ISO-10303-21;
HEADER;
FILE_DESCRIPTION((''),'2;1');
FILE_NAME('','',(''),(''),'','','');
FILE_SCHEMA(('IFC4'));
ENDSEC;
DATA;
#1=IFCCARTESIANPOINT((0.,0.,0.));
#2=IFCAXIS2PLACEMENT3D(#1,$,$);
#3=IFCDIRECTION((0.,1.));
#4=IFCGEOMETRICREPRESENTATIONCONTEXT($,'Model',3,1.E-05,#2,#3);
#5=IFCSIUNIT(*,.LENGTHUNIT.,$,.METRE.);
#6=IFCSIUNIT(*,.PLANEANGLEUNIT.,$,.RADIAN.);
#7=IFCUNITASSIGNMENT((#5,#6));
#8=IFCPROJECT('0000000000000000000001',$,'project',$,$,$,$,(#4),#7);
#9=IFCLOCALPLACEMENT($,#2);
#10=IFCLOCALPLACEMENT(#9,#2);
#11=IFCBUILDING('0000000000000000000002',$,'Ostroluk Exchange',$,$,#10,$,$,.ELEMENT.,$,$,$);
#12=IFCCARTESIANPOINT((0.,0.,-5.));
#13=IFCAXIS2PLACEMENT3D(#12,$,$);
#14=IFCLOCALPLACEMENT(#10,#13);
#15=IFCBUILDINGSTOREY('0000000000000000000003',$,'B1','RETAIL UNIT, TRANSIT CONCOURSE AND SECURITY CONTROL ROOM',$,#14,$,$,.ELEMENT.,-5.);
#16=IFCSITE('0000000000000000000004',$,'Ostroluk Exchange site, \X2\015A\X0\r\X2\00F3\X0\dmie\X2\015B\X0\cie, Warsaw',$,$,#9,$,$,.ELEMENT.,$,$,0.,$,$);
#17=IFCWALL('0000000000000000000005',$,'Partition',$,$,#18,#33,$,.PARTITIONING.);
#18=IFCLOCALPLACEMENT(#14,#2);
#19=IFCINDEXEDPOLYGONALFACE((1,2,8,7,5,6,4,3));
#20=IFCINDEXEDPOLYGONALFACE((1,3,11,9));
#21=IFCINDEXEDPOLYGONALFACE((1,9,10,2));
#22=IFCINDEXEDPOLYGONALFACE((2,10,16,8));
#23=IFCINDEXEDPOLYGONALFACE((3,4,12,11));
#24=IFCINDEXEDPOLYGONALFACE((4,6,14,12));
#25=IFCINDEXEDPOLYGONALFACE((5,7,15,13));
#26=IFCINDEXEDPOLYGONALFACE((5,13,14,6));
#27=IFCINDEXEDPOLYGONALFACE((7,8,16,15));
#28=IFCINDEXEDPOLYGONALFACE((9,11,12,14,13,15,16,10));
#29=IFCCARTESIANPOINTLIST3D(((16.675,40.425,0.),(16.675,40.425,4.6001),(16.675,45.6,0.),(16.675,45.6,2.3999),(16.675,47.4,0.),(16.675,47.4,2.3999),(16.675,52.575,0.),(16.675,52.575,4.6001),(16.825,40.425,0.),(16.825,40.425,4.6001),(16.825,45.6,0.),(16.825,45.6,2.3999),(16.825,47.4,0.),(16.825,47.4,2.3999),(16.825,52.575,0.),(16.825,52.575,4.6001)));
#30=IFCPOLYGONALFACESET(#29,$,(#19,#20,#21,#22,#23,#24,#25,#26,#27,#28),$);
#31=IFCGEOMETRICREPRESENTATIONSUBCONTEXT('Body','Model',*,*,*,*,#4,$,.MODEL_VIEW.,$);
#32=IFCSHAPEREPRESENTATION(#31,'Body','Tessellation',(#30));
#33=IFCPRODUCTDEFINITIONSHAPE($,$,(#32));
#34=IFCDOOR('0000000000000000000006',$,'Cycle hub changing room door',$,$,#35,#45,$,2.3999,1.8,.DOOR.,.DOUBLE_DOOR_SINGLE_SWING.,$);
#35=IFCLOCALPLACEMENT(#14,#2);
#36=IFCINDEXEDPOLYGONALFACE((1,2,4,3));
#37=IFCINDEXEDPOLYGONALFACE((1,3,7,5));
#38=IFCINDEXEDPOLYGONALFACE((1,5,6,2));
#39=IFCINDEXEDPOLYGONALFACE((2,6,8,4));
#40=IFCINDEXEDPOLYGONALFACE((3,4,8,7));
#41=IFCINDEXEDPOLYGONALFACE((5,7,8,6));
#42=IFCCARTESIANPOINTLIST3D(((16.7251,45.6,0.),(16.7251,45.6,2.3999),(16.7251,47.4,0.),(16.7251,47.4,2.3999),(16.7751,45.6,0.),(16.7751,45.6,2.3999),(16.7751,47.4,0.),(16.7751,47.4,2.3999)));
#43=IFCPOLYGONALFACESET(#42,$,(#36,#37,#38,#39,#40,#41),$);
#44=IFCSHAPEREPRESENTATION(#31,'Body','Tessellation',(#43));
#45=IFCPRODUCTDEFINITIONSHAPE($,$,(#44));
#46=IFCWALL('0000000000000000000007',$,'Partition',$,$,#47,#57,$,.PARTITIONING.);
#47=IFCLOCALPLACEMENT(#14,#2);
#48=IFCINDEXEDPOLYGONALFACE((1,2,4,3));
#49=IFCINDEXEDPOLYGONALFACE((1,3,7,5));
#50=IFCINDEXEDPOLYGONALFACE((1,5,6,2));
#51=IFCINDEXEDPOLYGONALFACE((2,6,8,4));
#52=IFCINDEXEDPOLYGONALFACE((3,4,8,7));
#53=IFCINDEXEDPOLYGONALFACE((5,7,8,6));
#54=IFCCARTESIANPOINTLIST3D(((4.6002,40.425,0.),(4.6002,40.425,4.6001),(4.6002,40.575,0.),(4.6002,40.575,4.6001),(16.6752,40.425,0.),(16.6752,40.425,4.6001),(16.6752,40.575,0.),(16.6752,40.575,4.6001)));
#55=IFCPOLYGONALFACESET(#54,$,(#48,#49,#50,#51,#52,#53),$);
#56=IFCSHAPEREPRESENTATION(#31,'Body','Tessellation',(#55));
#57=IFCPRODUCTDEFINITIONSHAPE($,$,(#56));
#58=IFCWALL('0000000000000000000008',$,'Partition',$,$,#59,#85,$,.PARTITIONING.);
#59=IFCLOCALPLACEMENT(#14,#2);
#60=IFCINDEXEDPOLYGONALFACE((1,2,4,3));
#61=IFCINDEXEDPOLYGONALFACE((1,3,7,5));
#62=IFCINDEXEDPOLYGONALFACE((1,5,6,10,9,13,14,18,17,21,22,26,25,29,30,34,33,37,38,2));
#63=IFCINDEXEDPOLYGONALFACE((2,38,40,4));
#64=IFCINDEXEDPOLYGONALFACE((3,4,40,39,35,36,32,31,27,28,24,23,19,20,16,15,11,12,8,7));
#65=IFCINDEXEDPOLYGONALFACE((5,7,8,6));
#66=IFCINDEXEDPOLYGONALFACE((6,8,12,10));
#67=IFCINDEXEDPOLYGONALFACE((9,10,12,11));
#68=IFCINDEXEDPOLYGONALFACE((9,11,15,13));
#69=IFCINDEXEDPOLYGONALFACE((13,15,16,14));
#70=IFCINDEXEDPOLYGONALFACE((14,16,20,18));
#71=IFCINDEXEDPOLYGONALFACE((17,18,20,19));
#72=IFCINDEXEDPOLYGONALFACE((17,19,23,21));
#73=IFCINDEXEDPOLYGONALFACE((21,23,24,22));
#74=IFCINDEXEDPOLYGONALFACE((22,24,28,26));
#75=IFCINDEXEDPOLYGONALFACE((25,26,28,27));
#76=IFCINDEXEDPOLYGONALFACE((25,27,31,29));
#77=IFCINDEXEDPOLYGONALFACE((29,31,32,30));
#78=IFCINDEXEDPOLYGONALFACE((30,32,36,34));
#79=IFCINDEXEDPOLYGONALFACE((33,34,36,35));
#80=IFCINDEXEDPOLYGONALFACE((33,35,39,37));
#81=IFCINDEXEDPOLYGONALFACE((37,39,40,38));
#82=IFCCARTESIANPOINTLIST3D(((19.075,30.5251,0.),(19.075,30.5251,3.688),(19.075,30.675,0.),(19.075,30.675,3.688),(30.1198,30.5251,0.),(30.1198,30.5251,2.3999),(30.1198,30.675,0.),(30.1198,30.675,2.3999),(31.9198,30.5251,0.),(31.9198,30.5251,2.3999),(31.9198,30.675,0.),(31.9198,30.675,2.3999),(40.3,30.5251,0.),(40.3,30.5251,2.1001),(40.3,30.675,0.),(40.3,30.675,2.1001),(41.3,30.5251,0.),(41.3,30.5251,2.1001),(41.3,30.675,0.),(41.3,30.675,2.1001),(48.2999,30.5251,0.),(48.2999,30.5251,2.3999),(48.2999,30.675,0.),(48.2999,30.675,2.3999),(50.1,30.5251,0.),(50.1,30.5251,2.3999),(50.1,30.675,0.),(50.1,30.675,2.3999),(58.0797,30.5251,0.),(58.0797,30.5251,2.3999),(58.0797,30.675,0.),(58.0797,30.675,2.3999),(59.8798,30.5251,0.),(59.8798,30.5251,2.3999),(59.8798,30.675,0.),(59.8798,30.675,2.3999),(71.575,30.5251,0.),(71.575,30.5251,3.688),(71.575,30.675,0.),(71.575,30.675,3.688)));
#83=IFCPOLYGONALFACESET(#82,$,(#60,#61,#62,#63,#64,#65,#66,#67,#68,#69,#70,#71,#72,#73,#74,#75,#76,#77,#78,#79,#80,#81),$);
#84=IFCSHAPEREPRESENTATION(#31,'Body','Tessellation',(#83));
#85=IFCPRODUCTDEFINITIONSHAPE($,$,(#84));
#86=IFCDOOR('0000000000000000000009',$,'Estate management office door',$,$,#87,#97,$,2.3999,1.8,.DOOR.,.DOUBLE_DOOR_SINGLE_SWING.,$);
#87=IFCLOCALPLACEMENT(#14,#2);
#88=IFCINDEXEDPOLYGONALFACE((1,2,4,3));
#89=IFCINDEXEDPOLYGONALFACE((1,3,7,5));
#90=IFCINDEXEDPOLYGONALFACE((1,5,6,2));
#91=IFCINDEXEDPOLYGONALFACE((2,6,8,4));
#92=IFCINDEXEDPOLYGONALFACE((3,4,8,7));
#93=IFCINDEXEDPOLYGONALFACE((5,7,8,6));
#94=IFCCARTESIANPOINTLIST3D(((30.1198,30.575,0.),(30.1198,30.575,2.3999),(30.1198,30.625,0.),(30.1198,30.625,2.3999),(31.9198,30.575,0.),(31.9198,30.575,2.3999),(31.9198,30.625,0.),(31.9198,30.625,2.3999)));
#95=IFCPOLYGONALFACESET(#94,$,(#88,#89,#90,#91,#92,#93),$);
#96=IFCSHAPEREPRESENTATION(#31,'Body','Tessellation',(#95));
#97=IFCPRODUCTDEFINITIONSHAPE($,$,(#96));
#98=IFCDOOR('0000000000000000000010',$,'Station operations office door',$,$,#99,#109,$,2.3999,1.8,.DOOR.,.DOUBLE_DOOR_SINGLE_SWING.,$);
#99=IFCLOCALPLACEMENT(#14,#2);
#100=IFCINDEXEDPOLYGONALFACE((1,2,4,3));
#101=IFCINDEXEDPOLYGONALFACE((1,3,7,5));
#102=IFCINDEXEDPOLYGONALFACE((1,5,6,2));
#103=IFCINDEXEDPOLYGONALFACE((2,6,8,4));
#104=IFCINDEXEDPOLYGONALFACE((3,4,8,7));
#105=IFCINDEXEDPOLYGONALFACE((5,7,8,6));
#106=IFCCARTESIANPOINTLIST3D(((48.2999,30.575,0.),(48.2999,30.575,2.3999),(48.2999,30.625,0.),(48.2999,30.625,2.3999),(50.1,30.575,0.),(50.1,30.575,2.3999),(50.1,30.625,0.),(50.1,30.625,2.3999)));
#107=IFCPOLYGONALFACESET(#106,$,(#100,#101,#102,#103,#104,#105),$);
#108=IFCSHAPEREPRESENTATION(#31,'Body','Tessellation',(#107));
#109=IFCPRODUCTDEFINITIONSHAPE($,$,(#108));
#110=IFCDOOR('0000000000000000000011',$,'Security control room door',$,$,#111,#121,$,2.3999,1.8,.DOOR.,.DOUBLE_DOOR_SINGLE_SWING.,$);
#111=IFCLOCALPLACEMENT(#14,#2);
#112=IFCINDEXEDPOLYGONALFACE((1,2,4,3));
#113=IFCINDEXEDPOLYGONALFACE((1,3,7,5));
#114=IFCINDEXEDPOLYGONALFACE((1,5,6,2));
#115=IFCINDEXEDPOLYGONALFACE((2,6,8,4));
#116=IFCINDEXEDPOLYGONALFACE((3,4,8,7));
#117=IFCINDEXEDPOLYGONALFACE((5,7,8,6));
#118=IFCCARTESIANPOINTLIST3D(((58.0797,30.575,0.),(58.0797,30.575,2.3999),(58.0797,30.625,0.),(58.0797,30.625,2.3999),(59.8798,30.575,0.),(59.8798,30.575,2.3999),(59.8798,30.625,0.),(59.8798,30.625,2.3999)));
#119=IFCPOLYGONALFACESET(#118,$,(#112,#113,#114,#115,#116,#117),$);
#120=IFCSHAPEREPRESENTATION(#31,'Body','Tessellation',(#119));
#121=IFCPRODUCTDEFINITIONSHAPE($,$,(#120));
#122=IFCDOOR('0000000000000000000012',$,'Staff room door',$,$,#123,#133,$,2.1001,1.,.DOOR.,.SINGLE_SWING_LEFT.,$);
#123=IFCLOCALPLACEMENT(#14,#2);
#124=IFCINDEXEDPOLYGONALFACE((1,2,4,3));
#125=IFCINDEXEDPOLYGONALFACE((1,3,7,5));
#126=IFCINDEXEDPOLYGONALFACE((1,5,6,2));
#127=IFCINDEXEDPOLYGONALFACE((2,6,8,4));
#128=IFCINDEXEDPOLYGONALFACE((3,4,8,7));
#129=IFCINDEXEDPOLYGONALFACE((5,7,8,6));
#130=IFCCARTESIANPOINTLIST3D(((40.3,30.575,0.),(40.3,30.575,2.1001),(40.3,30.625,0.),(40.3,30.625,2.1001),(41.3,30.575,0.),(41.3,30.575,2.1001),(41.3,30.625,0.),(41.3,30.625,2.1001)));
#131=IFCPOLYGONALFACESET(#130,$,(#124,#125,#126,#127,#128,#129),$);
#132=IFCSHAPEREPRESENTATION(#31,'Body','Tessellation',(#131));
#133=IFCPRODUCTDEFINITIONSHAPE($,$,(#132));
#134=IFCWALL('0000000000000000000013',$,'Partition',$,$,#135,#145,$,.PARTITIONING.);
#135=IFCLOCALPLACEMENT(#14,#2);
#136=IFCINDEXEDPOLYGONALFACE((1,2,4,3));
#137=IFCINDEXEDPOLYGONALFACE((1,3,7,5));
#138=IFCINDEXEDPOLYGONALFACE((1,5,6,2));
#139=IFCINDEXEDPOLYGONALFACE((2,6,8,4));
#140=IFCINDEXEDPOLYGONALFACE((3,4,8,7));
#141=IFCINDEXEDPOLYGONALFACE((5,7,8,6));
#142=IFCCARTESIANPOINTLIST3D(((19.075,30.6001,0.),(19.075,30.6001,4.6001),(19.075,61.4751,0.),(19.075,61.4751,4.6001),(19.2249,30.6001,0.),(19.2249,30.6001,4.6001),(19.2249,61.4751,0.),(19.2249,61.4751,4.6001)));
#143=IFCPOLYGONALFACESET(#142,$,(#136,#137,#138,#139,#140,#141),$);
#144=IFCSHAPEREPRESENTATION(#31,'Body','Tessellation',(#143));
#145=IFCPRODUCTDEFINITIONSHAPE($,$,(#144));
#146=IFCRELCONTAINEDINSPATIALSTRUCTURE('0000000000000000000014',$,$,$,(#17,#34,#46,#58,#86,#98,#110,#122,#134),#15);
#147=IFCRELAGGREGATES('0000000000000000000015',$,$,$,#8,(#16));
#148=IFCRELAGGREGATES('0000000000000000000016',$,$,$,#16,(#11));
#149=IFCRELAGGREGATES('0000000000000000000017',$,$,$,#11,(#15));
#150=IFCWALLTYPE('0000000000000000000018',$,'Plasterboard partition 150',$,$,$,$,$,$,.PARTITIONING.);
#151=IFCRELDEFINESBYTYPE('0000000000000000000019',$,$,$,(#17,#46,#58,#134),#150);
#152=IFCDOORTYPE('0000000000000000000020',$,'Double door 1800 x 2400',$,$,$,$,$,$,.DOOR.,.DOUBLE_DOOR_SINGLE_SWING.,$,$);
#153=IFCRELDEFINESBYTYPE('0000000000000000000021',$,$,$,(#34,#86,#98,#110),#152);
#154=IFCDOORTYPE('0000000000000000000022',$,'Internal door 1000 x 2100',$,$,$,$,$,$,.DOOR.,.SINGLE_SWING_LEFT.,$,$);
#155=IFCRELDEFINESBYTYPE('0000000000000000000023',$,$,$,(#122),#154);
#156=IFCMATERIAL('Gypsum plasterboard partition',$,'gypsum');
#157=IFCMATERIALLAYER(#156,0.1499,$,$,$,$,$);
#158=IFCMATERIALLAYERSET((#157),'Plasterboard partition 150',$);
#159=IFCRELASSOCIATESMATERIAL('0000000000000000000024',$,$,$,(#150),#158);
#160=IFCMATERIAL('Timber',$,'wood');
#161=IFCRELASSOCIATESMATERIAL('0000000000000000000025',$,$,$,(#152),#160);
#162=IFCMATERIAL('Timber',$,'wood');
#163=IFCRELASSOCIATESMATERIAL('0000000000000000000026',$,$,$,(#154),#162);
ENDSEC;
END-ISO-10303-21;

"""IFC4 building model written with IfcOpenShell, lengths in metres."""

from ifc_helpers import new_model, si_unit, direction, frame, frame_2d, origin, place, context, subcontext, project, spatial, rectangle, extrude, material, layer, layer_set, type_object, element, fill, save


model = new_model("IFC4")

# Units and contexts
model_context = context("Model", 3, precision=1e-05, world=origin(), true_north=direction((0.0, 1.0)))
body_context = subcontext(model_context, "Body", "Model", "MODEL_VIEW")
ifc_project = project(units=[si_unit("LENGTHUNIT", "METRE"), si_unit("PLANEANGLEUNIT", "RADIAN")], contexts=[model_context])

# Site, building, storey
site_placement = place(None, origin())
site = spatial("IfcSite", under=ifc_project, at=site_placement, Name="Ostroluk Exchange site, Śródmieście, Warsaw", CompositionType="ELEMENT", RefElevation=0.0)
building_placement = place(site_placement, origin())
building = spatial("IfcBuilding", under=site, at=building_placement, Name="Ostroluk Exchange", CompositionType="ELEMENT")
storey_placement = place(building_placement, frame((0.0, 0.0, -5.0)))
storey = spatial("IfcBuildingStorey", under=building, at=storey_placement, Name="B1", Description="RETAIL UNIT, TRANSIT CONCOURSE AND SECURITY CONTROL ROOM", CompositionType="ELEMENT", Elevation=-5.0)

# Shared definitions
ifc_material_1 = material(Name="Gypsum plasterboard partition", Category="gypsum")
ifc_layer_1 = layer(ifc_material_1, 0.1499)
ifc_layer_set_1 = layer_set([ifc_layer_1], Name="Plasterboard partition 150")
wall_type_1 = type_object("IfcWallType", Name="Plasterboard partition 150", PredefinedType="PARTITIONING", material=ifc_layer_set_1)

# Wall, opening, door
wall_1_placement = place(storey_placement, frame((16.75, 40.425, 0.0), z_axis=(0.0, 0.0, 1.0), x_axis=(0.0, 1.0, 0.0)))
wall_1 = element("IfcWall", 1, at=wall_1_placement, inside=storey, type_object=wall_type_1, Name="Partition", PredefinedType="PARTITIONING", context=body_context, shape_type="SweptSolid", body=[
    extrude(rectangle(XDim=12.1499, YDim=0.1499, at=frame_2d((6.075, 0.0))), origin(), (0.0, 0.0, 1.0), 4.6001),
])
opening_1_placement = place(wall_1_placement, frame((5.175, 0.0, 0.0)))
opening_1 = element("IfcOpeningElement", 2, at=opening_1_placement, cuts=wall_1, PredefinedType="OPENING", context=body_context, shape_type="SweptSolid", body=[
    extrude(rectangle(XDim=1.8, YDim=2.3999, at=frame_2d((0.8999, 1.2))), frame((0.0, 0.085, 0.0), z_axis=(0.0, -1.0, 0.0), x_axis=(1.0, 0.0, 0.0)), (0.0, 0.0, 1.0), 0.1699),
])
ifc_material_2 = material(Name="Timber", Category="wood")
door_type_1 = type_object("IfcDoorType", Name="Double door 1800 x 2400", OperationType="DOUBLE_DOOR_SINGLE_SWING", PredefinedType="DOOR", material=ifc_material_2)
door_1_placement = place(opening_1_placement, origin())
door_1 = element("IfcDoor", 3, at=door_1_placement, inside=storey, type_object=door_type_1, Name="Cycle hub changing room door", OperationType="DOUBLE_DOOR_SINGLE_SWING", OverallHeight=2.3999, OverallWidth=1.8, PredefinedType="DOOR", context=body_context, shape_type="SweptSolid", body=[
    extrude(rectangle(XDim=1.8, YDim=2.3999, at=frame_2d((0.8999, 1.2))), frame((0.0, 0.0249, 0.0), z_axis=(0.0, -1.0, 0.0), x_axis=(1.0, 0.0, 0.0)), (0.0, 0.0, 1.0), 0.05),
])
fill(opening_1, door_1)

# Wall
wall_2_placement = place(storey_placement, frame((4.6001, 40.5, 0.0), z_axis=(0.0, 0.0, 1.0), x_axis=(1.0, 0.0, 0.0)))
element("IfcWall", 4, at=wall_2_placement, inside=storey, type_object=wall_type_1, Name="Partition", PredefinedType="PARTITIONING", context=body_context, shape_type="SweptSolid", body=[
    extrude(rectangle(XDim=12.075, YDim=0.1499, at=frame_2d((6.0376, 0.0))), origin(), (0.0, 0.0, 1.0), 4.6001),
])

# Wall, openings, doors
wall_3_placement = place(storey_placement, frame((19.075, 30.6001, 0.0), z_axis=(0.0, 0.0, 1.0), x_axis=(1.0, 0.0, 0.0)))
wall_3 = element("IfcWall", 5, at=wall_3_placement, inside=storey, type_object=wall_type_1, Name="Partition", PredefinedType="PARTITIONING", context=body_context, shape_type="SweptSolid", body=[
    extrude(rectangle(XDim=52.5, YDim=0.1499, at=frame_2d((26.25, 0.0))), origin(), (0.0, 0.0, 1.0), 3.688),
])
opening_2_placement = place(wall_3_placement, frame((11.0449, 0.0, 0.0)))
opening_2 = element("IfcOpeningElement", 6, at=opening_2_placement, cuts=wall_3, PredefinedType="OPENING", context=body_context, shape_type="SweptSolid", body=[
    extrude(rectangle(XDim=1.8, YDim=2.3999, at=frame_2d((0.8999, 1.2))), frame((0.0, 0.085, 0.0), z_axis=(0.0, -1.0, 0.0), x_axis=(1.0, 0.0, 0.0)), (0.0, 0.0, 1.0), 0.1699),
])
opening_3_placement = place(wall_3_placement, frame((21.2251, 0.0, 0.0)))
opening_3 = element("IfcOpeningElement", 7, at=opening_3_placement, cuts=wall_3, PredefinedType="OPENING", context=body_context, shape_type="SweptSolid", body=[
    extrude(rectangle(XDim=1.0, YDim=2.1001, at=frame_2d((0.5, 1.05))), frame((0.0, 0.085, 0.0), z_axis=(0.0, -1.0, 0.0), x_axis=(1.0, 0.0, 0.0)), (0.0, 0.0, 1.0), 0.1699),
])
opening_4_placement = place(wall_3_placement, frame((29.2251, 0.0, 0.0)))
opening_4 = element("IfcOpeningElement", 8, at=opening_4_placement, cuts=wall_3, PredefinedType="OPENING", context=body_context, shape_type="SweptSolid", body=[
    extrude(rectangle(XDim=1.8, YDim=2.3999, at=frame_2d((0.8999, 1.2))), frame((0.0, 0.085, 0.0), z_axis=(0.0, -1.0, 0.0), x_axis=(1.0, 0.0, 0.0)), (0.0, 0.0, 1.0), 0.1699),
])
opening_5_placement = place(wall_3_placement, frame((39.0049, 0.0, 0.0)))
opening_5 = element("IfcOpeningElement", 9, at=opening_5_placement, cuts=wall_3, PredefinedType="OPENING", context=body_context, shape_type="SweptSolid", body=[
    extrude(rectangle(XDim=1.8, YDim=2.3999, at=frame_2d((0.8999, 1.2))), frame((0.0, 0.085, 0.0), z_axis=(0.0, -1.0, 0.0), x_axis=(1.0, 0.0, 0.0)), (0.0, 0.0, 1.0), 0.1699),
])
door_2_placement = place(opening_2_placement, origin())
door_2 = element("IfcDoor", 10, at=door_2_placement, inside=storey, type_object=door_type_1, Name="Estate management office door", OperationType="DOUBLE_DOOR_SINGLE_SWING", OverallHeight=2.3999, OverallWidth=1.8, PredefinedType="DOOR", context=body_context, shape_type="SweptSolid", body=[
    extrude(rectangle(XDim=1.8, YDim=2.3999, at=frame_2d((0.8999, 1.2))), frame((0.0, 0.0249, 0.0), z_axis=(0.0, -1.0, 0.0), x_axis=(1.0, 0.0, 0.0)), (0.0, 0.0, 1.0), 0.05),
])
fill(opening_2, door_2)
door_3_placement = place(opening_4_placement, origin())
door_3 = element("IfcDoor", 11, at=door_3_placement, inside=storey, type_object=door_type_1, Name="Station operations office door", OperationType="DOUBLE_DOOR_SINGLE_SWING", OverallHeight=2.3999, OverallWidth=1.8, PredefinedType="DOOR", context=body_context, shape_type="SweptSolid", body=[
    extrude(rectangle(XDim=1.8, YDim=2.3999, at=frame_2d((0.8999, 1.2))), frame((0.0, 0.0249, 0.0), z_axis=(0.0, -1.0, 0.0), x_axis=(1.0, 0.0, 0.0)), (0.0, 0.0, 1.0), 0.05),
])
fill(opening_4, door_3)
door_4_placement = place(opening_5_placement, origin())
door_4 = element("IfcDoor", 12, at=door_4_placement, inside=storey, type_object=door_type_1, Name="Security control room door", OperationType="DOUBLE_DOOR_SINGLE_SWING", OverallHeight=2.3999, OverallWidth=1.8, PredefinedType="DOOR", context=body_context, shape_type="SweptSolid", body=[
    extrude(rectangle(XDim=1.8, YDim=2.3999, at=frame_2d((0.8999, 1.2))), frame((0.0, 0.0249, 0.0), z_axis=(0.0, -1.0, 0.0), x_axis=(1.0, 0.0, 0.0)), (0.0, 0.0, 1.0), 0.05),
])
fill(opening_5, door_4)
ifc_material_3 = material(Name="Timber", Category="wood")
door_type_2 = type_object("IfcDoorType", Name="Internal door 1000 x 2100", OperationType="SINGLE_SWING_LEFT", PredefinedType="DOOR", material=ifc_material_3)
door_5_placement = place(opening_3_placement, origin())
door_5 = element("IfcDoor", 13, at=door_5_placement, inside=storey, type_object=door_type_2, Name="Staff room door", OperationType="SINGLE_SWING_LEFT", OverallHeight=2.1001, OverallWidth=1.0, PredefinedType="DOOR", context=body_context, shape_type="SweptSolid", body=[
    extrude(rectangle(XDim=1.0, YDim=2.1001, at=frame_2d((0.5, 1.05))), frame((0.0, 0.0249, 0.0), z_axis=(0.0, -1.0, 0.0), x_axis=(1.0, 0.0, 0.0)), (0.0, 0.0, 1.0), 0.05),
])
fill(opening_3, door_5)

# Wall
wall_4_placement = place(storey_placement, frame((19.1499, 30.6001, 0.0), z_axis=(0.0, 0.0, 1.0), x_axis=(0.0, 1.0, 0.0)))
element("IfcWall", 14, at=wall_4_placement, inside=storey, type_object=wall_type_1, Name="Partition", PredefinedType="PARTITIONING", context=body_context, shape_type="SweptSolid", body=[
    extrude(rectangle(XDim=30.875, YDim=0.1499, at=frame_2d((15.4375, 0.0))), origin(), (0.0, 0.0, 1.0), 4.6001),
])

save(model, "model.ifc")
